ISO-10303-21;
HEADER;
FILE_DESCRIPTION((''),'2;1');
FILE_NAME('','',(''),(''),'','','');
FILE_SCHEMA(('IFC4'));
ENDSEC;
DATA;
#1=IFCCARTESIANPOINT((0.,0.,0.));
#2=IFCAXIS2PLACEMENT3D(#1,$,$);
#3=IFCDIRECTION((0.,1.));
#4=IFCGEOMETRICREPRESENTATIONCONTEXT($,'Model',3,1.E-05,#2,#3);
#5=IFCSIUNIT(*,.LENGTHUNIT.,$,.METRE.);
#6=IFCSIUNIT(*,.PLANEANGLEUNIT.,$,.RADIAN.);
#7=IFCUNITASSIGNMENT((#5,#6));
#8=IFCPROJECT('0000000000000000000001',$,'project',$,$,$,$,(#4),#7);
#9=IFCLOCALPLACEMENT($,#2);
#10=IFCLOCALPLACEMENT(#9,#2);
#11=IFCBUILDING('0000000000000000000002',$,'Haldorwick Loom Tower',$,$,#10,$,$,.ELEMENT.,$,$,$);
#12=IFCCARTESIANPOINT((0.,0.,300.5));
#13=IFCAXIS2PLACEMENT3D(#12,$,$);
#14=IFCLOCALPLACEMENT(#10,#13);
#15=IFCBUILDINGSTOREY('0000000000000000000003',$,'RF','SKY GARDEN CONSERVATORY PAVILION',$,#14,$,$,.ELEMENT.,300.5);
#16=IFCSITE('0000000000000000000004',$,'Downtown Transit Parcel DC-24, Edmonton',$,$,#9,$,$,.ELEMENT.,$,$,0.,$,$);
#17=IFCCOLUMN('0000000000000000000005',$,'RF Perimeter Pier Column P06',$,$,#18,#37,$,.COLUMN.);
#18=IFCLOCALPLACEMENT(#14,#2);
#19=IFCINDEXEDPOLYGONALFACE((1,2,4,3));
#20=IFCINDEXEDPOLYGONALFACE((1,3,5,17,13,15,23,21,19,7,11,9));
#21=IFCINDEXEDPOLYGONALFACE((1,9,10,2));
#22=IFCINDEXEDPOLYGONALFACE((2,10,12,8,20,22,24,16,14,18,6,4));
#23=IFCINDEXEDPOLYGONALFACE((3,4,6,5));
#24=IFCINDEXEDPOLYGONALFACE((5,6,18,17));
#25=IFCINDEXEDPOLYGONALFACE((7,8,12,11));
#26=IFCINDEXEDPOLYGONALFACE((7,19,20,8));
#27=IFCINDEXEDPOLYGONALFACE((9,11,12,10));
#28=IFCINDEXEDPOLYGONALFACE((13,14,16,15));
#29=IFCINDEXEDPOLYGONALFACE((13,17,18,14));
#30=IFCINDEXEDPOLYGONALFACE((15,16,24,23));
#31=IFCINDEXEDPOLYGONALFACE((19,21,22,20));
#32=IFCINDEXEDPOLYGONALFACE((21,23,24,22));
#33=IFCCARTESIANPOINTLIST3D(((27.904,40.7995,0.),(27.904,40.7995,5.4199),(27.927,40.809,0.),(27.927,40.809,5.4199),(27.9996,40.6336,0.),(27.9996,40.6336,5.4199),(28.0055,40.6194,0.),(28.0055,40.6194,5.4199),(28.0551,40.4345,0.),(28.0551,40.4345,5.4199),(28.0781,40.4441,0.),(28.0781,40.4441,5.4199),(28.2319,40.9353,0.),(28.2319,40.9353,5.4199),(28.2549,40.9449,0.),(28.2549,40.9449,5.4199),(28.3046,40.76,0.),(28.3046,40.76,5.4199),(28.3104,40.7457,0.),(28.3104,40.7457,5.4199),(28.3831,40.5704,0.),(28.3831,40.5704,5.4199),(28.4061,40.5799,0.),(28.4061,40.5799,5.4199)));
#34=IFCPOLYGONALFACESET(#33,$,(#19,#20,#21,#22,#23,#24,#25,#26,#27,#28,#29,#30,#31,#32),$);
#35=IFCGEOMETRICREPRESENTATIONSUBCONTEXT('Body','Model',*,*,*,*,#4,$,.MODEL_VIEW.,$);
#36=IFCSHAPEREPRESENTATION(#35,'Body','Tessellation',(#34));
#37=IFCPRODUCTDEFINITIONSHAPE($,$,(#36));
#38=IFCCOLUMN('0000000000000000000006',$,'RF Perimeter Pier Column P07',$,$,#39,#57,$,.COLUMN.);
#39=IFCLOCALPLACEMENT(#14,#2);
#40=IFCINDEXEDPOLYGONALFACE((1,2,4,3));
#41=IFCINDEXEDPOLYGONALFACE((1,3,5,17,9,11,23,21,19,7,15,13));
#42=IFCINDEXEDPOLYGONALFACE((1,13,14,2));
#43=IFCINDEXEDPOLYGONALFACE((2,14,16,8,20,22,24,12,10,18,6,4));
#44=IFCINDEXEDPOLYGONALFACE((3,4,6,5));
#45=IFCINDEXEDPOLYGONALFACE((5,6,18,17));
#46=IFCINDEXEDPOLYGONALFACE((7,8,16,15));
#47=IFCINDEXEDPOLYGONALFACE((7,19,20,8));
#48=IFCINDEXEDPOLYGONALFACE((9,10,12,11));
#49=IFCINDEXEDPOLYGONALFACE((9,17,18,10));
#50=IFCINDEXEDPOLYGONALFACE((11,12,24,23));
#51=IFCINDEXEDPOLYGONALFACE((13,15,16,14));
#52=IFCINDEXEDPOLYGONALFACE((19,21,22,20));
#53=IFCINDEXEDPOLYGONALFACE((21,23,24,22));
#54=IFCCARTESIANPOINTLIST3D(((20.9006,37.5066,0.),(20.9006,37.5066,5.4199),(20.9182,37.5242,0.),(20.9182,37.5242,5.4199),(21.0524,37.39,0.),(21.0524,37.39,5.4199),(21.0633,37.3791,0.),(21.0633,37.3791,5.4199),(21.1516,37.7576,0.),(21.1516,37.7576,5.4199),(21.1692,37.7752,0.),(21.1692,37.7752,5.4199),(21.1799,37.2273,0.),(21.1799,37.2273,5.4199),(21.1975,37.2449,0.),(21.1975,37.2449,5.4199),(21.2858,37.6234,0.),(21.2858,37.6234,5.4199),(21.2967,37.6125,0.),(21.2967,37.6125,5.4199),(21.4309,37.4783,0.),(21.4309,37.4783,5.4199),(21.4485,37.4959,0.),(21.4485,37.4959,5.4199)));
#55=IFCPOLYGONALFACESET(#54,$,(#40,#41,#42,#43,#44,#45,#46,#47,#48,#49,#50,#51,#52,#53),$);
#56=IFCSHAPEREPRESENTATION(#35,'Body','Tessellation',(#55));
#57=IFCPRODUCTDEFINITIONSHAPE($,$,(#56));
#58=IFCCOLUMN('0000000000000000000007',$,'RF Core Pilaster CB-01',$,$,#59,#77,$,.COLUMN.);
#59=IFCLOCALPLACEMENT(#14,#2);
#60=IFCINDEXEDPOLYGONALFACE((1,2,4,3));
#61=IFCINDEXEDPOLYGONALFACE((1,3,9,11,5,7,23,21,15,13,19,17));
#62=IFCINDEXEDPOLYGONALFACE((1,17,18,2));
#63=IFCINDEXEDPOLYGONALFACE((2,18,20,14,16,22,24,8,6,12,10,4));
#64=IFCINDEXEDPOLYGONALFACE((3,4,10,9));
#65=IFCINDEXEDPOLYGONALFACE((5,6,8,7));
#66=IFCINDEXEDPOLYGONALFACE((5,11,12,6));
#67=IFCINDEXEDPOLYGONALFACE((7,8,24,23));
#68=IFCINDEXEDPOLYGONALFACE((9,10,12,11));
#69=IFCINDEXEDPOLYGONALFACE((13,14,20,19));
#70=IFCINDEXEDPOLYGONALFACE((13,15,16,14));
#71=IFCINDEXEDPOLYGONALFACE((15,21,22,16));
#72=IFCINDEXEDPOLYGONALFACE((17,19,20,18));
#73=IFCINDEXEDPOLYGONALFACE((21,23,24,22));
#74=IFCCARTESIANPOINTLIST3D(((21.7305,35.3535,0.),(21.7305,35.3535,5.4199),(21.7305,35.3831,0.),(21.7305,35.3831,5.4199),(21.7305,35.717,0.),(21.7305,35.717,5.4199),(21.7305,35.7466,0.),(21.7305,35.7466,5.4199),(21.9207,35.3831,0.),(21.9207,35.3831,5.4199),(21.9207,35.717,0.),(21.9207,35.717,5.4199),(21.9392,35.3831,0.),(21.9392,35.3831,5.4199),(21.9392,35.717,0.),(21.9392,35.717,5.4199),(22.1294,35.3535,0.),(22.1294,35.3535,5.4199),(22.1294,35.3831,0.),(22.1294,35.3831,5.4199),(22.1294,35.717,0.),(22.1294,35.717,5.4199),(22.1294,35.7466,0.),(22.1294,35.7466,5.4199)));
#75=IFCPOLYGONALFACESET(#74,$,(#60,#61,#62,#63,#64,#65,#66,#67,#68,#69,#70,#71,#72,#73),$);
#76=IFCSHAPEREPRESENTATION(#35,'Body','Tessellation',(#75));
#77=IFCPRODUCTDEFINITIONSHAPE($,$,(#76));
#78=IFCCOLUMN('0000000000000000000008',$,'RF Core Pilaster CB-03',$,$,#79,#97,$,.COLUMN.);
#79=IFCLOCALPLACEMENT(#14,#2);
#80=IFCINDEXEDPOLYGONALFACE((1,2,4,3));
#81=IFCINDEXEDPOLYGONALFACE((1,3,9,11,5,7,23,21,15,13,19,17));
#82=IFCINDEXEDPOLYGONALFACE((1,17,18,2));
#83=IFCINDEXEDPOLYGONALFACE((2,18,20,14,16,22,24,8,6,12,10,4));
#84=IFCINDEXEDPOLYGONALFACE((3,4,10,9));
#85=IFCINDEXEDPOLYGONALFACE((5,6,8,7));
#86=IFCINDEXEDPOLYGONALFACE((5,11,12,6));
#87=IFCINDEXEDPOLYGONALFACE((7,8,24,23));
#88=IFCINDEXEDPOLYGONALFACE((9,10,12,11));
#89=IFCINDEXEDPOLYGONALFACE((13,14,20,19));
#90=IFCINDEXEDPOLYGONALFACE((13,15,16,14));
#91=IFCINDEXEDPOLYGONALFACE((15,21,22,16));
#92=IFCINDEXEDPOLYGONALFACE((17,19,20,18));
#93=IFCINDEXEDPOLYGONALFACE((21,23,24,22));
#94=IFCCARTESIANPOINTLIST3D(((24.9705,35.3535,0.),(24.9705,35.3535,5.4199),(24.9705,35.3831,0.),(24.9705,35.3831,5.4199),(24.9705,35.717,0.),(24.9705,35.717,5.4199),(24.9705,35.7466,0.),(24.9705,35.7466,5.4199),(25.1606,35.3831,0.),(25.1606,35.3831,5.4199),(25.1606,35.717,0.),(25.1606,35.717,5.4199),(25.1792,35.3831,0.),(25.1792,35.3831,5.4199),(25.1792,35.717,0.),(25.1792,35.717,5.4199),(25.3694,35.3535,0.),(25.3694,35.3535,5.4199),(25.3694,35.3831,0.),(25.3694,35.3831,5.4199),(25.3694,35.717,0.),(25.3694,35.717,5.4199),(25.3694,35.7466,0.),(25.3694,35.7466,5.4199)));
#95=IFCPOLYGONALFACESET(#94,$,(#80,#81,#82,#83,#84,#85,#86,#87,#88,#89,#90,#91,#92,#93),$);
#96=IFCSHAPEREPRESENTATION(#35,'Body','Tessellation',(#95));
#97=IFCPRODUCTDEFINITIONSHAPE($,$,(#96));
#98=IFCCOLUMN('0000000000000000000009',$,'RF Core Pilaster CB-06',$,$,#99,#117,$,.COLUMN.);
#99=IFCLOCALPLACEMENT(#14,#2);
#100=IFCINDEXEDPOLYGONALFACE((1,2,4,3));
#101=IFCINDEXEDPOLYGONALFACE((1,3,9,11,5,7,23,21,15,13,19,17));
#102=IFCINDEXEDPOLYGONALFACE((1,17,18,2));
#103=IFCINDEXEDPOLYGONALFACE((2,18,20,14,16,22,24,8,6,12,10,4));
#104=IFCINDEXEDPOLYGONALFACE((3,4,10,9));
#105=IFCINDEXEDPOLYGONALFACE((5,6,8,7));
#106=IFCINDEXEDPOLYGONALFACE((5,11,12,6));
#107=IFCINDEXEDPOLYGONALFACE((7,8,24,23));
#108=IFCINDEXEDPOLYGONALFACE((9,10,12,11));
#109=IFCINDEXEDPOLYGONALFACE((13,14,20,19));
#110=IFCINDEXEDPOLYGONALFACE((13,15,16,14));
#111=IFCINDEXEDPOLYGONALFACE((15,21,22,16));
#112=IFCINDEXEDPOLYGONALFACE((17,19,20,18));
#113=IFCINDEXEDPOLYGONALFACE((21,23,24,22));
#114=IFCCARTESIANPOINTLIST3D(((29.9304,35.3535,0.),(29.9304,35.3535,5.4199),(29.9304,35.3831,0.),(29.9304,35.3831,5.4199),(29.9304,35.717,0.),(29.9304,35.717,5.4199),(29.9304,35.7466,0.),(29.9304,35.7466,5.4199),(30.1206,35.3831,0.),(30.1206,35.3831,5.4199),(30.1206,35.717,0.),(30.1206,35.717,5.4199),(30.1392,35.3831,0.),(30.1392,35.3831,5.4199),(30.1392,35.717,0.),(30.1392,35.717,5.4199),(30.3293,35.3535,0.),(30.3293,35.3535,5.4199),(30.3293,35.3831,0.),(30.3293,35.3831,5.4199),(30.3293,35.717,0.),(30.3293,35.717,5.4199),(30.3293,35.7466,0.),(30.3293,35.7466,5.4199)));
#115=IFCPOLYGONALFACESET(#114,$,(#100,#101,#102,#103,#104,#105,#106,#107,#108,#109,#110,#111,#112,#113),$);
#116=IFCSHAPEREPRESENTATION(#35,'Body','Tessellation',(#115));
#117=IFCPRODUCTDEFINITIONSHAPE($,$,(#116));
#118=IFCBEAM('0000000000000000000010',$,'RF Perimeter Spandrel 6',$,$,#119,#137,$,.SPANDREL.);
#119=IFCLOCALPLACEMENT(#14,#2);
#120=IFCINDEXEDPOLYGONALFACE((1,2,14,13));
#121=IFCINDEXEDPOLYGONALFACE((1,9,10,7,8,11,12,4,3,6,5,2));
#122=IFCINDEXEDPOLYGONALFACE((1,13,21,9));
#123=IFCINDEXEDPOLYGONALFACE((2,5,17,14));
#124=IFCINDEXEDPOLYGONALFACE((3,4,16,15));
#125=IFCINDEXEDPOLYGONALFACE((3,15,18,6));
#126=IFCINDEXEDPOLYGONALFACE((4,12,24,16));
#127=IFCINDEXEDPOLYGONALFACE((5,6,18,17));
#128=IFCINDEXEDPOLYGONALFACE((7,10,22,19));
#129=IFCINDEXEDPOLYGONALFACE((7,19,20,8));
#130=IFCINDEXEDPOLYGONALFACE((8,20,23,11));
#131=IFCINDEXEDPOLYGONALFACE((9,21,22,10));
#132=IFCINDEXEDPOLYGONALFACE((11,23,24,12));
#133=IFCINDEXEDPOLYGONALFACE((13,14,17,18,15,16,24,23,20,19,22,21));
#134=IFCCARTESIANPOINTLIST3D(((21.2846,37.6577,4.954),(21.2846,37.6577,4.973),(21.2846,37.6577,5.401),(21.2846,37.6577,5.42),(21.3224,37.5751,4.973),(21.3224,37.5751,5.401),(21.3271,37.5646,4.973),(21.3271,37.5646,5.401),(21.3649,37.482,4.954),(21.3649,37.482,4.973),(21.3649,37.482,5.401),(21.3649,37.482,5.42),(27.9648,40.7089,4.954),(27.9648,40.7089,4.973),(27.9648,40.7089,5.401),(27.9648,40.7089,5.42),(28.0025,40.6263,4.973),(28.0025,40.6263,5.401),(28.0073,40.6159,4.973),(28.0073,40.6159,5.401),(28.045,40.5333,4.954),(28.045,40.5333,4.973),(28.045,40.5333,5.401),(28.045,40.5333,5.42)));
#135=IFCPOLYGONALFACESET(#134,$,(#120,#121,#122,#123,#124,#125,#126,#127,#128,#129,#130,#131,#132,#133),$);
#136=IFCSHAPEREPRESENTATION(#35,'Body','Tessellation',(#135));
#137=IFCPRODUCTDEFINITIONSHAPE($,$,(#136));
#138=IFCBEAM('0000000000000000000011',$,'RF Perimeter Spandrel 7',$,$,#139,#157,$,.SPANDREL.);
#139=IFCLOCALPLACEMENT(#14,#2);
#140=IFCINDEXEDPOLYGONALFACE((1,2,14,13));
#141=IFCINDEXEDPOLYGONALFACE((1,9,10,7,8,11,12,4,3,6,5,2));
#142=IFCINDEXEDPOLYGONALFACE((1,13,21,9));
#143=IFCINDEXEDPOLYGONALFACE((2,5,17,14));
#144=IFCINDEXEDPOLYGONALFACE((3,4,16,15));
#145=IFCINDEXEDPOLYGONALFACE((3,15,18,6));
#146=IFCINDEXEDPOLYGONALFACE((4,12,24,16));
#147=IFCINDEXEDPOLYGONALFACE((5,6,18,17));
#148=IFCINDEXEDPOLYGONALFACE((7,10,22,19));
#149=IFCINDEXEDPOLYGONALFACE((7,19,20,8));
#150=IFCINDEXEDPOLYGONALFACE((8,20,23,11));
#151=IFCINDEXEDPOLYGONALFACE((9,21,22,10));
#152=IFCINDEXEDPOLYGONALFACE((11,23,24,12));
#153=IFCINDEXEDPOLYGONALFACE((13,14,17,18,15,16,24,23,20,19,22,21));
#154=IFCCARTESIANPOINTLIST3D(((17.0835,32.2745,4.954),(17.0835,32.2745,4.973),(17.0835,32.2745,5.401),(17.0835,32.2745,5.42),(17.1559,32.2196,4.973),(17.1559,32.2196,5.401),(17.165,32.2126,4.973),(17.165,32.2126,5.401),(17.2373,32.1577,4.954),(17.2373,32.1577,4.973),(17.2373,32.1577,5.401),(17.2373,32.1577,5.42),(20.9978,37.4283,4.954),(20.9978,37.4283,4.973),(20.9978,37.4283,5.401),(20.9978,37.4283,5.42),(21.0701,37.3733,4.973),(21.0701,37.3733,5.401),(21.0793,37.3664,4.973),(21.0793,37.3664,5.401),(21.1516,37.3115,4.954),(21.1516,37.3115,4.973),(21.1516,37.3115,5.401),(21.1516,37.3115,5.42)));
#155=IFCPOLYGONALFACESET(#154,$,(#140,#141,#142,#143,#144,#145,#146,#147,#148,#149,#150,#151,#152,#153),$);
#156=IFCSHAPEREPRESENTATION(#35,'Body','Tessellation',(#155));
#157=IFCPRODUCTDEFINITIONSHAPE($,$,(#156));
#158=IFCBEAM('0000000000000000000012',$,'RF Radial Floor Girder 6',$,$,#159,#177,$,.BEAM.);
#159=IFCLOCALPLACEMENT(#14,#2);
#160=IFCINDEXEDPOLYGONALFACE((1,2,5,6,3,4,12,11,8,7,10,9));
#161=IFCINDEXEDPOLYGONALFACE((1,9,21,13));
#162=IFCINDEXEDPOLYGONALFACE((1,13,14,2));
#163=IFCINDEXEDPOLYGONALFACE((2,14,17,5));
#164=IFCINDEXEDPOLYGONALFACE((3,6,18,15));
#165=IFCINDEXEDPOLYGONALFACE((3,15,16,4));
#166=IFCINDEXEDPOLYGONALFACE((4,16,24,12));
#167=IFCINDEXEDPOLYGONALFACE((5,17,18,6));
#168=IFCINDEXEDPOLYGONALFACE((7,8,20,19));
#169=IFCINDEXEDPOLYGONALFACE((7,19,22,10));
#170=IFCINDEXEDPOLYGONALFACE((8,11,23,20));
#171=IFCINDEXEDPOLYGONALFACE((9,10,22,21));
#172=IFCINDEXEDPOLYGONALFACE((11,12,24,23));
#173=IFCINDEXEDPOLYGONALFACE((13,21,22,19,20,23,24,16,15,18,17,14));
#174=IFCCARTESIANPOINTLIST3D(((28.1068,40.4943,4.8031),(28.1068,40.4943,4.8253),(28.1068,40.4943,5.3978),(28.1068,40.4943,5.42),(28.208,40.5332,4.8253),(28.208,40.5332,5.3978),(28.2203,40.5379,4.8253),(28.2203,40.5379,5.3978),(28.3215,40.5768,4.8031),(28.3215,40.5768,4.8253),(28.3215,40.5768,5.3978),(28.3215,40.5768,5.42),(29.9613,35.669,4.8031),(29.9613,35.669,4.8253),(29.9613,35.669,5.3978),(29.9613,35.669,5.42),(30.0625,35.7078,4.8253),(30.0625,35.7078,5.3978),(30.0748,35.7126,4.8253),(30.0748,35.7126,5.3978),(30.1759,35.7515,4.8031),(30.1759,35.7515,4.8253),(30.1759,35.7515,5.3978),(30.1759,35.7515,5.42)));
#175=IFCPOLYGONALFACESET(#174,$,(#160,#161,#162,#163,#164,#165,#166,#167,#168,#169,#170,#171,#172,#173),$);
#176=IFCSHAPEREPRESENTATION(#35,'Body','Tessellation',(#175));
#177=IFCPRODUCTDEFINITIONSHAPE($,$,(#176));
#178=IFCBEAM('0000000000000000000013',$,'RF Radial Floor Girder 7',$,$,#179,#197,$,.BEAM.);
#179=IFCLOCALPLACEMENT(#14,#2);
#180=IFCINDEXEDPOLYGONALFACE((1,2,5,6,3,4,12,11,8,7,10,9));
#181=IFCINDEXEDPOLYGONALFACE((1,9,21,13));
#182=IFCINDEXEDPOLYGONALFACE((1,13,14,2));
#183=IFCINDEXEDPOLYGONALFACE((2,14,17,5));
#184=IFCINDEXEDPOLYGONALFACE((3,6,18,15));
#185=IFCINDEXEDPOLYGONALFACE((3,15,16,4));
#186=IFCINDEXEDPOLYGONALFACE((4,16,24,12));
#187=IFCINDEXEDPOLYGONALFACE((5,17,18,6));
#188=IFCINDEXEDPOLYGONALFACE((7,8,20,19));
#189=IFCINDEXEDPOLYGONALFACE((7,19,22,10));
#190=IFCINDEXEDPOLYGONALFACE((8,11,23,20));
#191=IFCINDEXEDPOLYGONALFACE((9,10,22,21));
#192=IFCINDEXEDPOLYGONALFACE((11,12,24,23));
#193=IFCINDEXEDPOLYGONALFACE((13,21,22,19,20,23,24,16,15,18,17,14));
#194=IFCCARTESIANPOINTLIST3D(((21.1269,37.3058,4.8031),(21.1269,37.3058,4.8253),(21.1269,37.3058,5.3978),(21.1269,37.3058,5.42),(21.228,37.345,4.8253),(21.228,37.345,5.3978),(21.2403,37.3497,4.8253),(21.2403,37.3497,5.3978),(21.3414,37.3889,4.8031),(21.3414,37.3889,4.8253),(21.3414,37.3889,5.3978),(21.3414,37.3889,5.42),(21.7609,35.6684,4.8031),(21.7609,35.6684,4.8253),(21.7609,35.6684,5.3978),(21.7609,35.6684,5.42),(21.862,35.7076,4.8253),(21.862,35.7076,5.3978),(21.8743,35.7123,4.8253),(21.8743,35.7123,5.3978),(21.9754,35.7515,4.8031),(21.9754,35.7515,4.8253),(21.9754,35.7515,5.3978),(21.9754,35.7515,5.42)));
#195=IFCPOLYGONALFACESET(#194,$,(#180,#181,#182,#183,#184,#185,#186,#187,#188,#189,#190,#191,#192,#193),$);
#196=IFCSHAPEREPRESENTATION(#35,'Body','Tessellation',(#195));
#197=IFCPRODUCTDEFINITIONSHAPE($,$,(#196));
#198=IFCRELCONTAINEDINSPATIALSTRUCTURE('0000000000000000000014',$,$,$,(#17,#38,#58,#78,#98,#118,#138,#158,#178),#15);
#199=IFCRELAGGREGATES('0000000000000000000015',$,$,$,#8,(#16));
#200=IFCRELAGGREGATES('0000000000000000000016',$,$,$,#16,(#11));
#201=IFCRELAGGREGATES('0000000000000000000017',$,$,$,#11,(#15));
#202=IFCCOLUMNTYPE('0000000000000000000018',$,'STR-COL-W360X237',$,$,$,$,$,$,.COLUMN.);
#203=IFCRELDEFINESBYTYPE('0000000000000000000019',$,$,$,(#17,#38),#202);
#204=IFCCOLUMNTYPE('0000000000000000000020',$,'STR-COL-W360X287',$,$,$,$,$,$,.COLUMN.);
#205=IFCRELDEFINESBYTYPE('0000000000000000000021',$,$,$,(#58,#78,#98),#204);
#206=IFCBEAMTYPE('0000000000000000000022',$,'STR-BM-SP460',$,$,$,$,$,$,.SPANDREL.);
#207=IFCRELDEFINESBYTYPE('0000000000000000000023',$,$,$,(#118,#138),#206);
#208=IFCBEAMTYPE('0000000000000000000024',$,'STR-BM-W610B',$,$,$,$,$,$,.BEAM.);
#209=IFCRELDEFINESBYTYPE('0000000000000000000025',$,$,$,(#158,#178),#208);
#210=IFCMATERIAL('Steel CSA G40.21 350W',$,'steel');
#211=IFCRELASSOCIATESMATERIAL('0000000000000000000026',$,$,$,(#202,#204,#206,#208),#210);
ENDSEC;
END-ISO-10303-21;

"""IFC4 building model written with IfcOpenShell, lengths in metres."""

from ifc_helpers import new_model, si_unit, direction, frame, origin, origin_2d, place, context, subcontext, project, spatial, i_section, extrude, material, material_profile, profile_set, type_object, element, save


model = new_model("IFC4")

# Units and contexts
model_context = context("Model", 3, precision=1e-05, world=origin(), true_north=direction((0.0, 1.0)))
body_context = subcontext(model_context, "Body", "Model", "MODEL_VIEW")
ifc_project = project(units=[si_unit("LENGTHUNIT", "METRE"), si_unit("PLANEANGLEUNIT", "RADIAN")], contexts=[model_context])

# Site, building, storey
site_placement = place(None, origin())
site = spatial("IfcSite", under=ifc_project, at=site_placement, Name="Downtown Transit Parcel DC-24, Edmonton", CompositionType="ELEMENT", RefElevation=0.0)
building_placement = place(site_placement, origin())
building = spatial("IfcBuilding", under=site, at=building_placement, Name="Haldorwick Loom Tower", CompositionType="ELEMENT")
storey_placement = place(building_placement, frame((0.0, 0.0, 300.5)))
storey = spatial("IfcBuildingStorey", under=building, at=storey_placement, Name="RF", Description="SKY GARDEN CONSERVATORY PAVILION", CompositionType="ELEMENT", Elevation=300.5)

# Columns
ifc_material = material(Name="Steel CSA G40.21 350W", Category="steel")
ifc_material_profile_1 = material_profile(ifc_material, i_section(OverallWidth=0.395, OverallDepth=0.3799, WebThickness=0.0154, FlangeThickness=0.0249, at=origin_2d()), Name="W360X237", Category="steel")
ifc_profile_set_1 = profile_set([ifc_material_profile_1], Name="Steel CSA G40.21 350W")
column_type_1 = type_object("IfcColumnType", Name="STR-COL-W360X237", PredefinedType="COLUMN", material=ifc_profile_set_1)
for number, where, z_axis, x_axis, name in (
    (1, (28.155, 40.6897, 0.0), (0.0, 0.0, 1.0), (-0.382683, 0.92388, 0.0), "RF Perimeter Pier Column P06"),
    (2, (21.1746, 37.5012, 0.0), (0.0, 0.0, 1.0), (-0.707107, 0.707107, 0.0), "RF Perimeter Pier Column P07"),
):
    element("IfcColumn", number, at=place(storey_placement, frame(where, z_axis=z_axis, x_axis=x_axis)), inside=storey, type_object=column_type_1, Name=name, PredefinedType="COLUMN", context=body_context, shape_type="SweptSolid", body=[
        extrude(i_section(OverallWidth=0.395, OverallDepth=0.3799, WebThickness=0.0154, FlangeThickness=0.0249, at=origin_2d()), origin(), (0.0, 0.0, 1.0), 5.4199),
    ])
ifc_material_profile_2 = material_profile(ifc_material, i_section(OverallWidth=0.3989, OverallDepth=0.3931, WebThickness=0.0186, FlangeThickness=0.0295, at=origin_2d()), Name="W360X287", Category="steel")
ifc_profile_set_2 = profile_set([ifc_material_profile_2], Name="Steel CSA G40.21 350W")
column_type_2 = type_object("IfcColumnType", Name="STR-COL-W360X287", PredefinedType="COLUMN", material=ifc_profile_set_2)
for number, where, z_axis, x_axis, name in (
    (3, (21.9299, 35.55, 0.0), (0.0, 0.0, 1.0), (1.0, 0.0, 0.0), "RF Core Pilaster CB-01"),
    (4, (25.1699, 35.55, 0.0), (0.0, 0.0, 1.0), (1.0, 0.0, 0.0), "RF Core Pilaster CB-03"),
    (5, (30.1299, 35.55, 0.0), (0.0, 0.0, 1.0), (1.0, 0.0, 0.0), "RF Core Pilaster CB-06"),
):
    element("IfcColumn", number, at=place(storey_placement, frame(where, z_axis=z_axis, x_axis=x_axis)), inside=storey, type_object=column_type_2, Name=name, PredefinedType="COLUMN", context=body_context, shape_type="SweptSolid", body=[
        extrude(i_section(OverallWidth=0.3989, OverallDepth=0.3931, WebThickness=0.0186, FlangeThickness=0.0295, at=origin_2d()), origin(), (0.0, 0.0, 1.0), 5.4199),
    ])

# Beams
ifc_material_profile_3 = material_profile(ifc_material, i_section(OverallWidth=0.1931, OverallDepth=0.4661, WebThickness=0.0115, FlangeThickness=0.019, at=origin_2d()), Name="W460X97", Category="steel")
ifc_profile_set_3 = profile_set([ifc_material_profile_3], Name="Steel CSA G40.21 350W")
beam_type_1 = type_object("IfcBeamType", Name="STR-BM-SP460", PredefinedType="SPANDREL", material=ifc_profile_set_3)
beam_1_placement = place(storey_placement, frame((28.0049, 40.6211, 5.187), z_axis=(-0.909604, -0.415475, 0.0), x_axis=(0.415475, -0.909604, 0.0)))
element("IfcBeam", 6, at=beam_1_placement, inside=storey, type_object=beam_type_1, Name="RF Perimeter Spandrel 6", PredefinedType="SPANDREL", context=body_context, shape_type="SweptSolid", body=[
    extrude(i_section(OverallWidth=0.1931, OverallDepth=0.4661, WebThickness=0.0115, FlangeThickness=0.019, at=origin_2d()), origin(), (0.0, 0.0, 1.0), 7.344),
])
beam_2_placement = place(storey_placement, frame((21.0747, 37.3699, 5.187), z_axis=(-0.60483, -0.796355, 0.0), x_axis=(0.796355, -0.60483, 0.0)))
element("IfcBeam", 7, at=beam_2_placement, inside=storey, type_object=beam_type_1, Name="RF Perimeter Spandrel 7", PredefinedType="SPANDREL", context=body_context, shape_type="SweptSolid", body=[
    extrude(i_section(OverallWidth=0.1931, OverallDepth=0.4661, WebThickness=0.0115, FlangeThickness=0.019, at=origin_2d()), origin(), (0.0, 0.0, 1.0), 6.4717),
])
ifc_material_profile_4 = material_profile(ifc_material, i_section(OverallWidth=0.23, OverallDepth=0.6169, WebThickness=0.0132, FlangeThickness=0.0222, at=origin_2d()), Name="W610X140", Category="steel")
ifc_profile_set_4 = profile_set([ifc_material_profile_4], Name="Steel CSA G40.21 350W")
beam_type_2 = type_object("IfcBeamType", Name="STR-BM-W610B", PredefinedType="BEAM", material=ifc_profile_set_4)
beam_3_placement = place(storey_placement, frame((30.0686, 35.7102, 5.1116), z_axis=(-0.358735, 0.933439, 0.0), x_axis=(-0.933439, -0.358735, 0.0)))
element("IfcBeam", 8, at=beam_3_placement, inside=storey, type_object=beam_type_2, Name="RF Radial Floor Girder 6", PredefinedType="BEAM", context=body_context, shape_type="SweptSolid", body=[
    extrude(i_section(OverallWidth=0.23, OverallDepth=0.6169, WebThickness=0.0132, FlangeThickness=0.0222, at=origin_2d()), origin(), (0.0, 0.0, 1.0), 5.1694),
])
beam_4_placement = place(storey_placement, frame((21.8682, 35.71, 5.1116), z_axis=(-0.361084, 0.932533, 0.0), x_axis=(-0.932533, -0.361084, 0.0)))
element("IfcBeam", 9, at=beam_4_placement, inside=storey, type_object=beam_type_2, Name="RF Radial Floor Girder 7", PredefinedType="BEAM", context=body_context, shape_type="SweptSolid", body=[
    extrude(i_section(OverallWidth=0.23, OverallDepth=0.6169, WebThickness=0.0132, FlangeThickness=0.0222, at=origin_2d()), origin(), (0.0, 0.0, 1.0), 1.7559),
])

save(model, "model.ifc")
